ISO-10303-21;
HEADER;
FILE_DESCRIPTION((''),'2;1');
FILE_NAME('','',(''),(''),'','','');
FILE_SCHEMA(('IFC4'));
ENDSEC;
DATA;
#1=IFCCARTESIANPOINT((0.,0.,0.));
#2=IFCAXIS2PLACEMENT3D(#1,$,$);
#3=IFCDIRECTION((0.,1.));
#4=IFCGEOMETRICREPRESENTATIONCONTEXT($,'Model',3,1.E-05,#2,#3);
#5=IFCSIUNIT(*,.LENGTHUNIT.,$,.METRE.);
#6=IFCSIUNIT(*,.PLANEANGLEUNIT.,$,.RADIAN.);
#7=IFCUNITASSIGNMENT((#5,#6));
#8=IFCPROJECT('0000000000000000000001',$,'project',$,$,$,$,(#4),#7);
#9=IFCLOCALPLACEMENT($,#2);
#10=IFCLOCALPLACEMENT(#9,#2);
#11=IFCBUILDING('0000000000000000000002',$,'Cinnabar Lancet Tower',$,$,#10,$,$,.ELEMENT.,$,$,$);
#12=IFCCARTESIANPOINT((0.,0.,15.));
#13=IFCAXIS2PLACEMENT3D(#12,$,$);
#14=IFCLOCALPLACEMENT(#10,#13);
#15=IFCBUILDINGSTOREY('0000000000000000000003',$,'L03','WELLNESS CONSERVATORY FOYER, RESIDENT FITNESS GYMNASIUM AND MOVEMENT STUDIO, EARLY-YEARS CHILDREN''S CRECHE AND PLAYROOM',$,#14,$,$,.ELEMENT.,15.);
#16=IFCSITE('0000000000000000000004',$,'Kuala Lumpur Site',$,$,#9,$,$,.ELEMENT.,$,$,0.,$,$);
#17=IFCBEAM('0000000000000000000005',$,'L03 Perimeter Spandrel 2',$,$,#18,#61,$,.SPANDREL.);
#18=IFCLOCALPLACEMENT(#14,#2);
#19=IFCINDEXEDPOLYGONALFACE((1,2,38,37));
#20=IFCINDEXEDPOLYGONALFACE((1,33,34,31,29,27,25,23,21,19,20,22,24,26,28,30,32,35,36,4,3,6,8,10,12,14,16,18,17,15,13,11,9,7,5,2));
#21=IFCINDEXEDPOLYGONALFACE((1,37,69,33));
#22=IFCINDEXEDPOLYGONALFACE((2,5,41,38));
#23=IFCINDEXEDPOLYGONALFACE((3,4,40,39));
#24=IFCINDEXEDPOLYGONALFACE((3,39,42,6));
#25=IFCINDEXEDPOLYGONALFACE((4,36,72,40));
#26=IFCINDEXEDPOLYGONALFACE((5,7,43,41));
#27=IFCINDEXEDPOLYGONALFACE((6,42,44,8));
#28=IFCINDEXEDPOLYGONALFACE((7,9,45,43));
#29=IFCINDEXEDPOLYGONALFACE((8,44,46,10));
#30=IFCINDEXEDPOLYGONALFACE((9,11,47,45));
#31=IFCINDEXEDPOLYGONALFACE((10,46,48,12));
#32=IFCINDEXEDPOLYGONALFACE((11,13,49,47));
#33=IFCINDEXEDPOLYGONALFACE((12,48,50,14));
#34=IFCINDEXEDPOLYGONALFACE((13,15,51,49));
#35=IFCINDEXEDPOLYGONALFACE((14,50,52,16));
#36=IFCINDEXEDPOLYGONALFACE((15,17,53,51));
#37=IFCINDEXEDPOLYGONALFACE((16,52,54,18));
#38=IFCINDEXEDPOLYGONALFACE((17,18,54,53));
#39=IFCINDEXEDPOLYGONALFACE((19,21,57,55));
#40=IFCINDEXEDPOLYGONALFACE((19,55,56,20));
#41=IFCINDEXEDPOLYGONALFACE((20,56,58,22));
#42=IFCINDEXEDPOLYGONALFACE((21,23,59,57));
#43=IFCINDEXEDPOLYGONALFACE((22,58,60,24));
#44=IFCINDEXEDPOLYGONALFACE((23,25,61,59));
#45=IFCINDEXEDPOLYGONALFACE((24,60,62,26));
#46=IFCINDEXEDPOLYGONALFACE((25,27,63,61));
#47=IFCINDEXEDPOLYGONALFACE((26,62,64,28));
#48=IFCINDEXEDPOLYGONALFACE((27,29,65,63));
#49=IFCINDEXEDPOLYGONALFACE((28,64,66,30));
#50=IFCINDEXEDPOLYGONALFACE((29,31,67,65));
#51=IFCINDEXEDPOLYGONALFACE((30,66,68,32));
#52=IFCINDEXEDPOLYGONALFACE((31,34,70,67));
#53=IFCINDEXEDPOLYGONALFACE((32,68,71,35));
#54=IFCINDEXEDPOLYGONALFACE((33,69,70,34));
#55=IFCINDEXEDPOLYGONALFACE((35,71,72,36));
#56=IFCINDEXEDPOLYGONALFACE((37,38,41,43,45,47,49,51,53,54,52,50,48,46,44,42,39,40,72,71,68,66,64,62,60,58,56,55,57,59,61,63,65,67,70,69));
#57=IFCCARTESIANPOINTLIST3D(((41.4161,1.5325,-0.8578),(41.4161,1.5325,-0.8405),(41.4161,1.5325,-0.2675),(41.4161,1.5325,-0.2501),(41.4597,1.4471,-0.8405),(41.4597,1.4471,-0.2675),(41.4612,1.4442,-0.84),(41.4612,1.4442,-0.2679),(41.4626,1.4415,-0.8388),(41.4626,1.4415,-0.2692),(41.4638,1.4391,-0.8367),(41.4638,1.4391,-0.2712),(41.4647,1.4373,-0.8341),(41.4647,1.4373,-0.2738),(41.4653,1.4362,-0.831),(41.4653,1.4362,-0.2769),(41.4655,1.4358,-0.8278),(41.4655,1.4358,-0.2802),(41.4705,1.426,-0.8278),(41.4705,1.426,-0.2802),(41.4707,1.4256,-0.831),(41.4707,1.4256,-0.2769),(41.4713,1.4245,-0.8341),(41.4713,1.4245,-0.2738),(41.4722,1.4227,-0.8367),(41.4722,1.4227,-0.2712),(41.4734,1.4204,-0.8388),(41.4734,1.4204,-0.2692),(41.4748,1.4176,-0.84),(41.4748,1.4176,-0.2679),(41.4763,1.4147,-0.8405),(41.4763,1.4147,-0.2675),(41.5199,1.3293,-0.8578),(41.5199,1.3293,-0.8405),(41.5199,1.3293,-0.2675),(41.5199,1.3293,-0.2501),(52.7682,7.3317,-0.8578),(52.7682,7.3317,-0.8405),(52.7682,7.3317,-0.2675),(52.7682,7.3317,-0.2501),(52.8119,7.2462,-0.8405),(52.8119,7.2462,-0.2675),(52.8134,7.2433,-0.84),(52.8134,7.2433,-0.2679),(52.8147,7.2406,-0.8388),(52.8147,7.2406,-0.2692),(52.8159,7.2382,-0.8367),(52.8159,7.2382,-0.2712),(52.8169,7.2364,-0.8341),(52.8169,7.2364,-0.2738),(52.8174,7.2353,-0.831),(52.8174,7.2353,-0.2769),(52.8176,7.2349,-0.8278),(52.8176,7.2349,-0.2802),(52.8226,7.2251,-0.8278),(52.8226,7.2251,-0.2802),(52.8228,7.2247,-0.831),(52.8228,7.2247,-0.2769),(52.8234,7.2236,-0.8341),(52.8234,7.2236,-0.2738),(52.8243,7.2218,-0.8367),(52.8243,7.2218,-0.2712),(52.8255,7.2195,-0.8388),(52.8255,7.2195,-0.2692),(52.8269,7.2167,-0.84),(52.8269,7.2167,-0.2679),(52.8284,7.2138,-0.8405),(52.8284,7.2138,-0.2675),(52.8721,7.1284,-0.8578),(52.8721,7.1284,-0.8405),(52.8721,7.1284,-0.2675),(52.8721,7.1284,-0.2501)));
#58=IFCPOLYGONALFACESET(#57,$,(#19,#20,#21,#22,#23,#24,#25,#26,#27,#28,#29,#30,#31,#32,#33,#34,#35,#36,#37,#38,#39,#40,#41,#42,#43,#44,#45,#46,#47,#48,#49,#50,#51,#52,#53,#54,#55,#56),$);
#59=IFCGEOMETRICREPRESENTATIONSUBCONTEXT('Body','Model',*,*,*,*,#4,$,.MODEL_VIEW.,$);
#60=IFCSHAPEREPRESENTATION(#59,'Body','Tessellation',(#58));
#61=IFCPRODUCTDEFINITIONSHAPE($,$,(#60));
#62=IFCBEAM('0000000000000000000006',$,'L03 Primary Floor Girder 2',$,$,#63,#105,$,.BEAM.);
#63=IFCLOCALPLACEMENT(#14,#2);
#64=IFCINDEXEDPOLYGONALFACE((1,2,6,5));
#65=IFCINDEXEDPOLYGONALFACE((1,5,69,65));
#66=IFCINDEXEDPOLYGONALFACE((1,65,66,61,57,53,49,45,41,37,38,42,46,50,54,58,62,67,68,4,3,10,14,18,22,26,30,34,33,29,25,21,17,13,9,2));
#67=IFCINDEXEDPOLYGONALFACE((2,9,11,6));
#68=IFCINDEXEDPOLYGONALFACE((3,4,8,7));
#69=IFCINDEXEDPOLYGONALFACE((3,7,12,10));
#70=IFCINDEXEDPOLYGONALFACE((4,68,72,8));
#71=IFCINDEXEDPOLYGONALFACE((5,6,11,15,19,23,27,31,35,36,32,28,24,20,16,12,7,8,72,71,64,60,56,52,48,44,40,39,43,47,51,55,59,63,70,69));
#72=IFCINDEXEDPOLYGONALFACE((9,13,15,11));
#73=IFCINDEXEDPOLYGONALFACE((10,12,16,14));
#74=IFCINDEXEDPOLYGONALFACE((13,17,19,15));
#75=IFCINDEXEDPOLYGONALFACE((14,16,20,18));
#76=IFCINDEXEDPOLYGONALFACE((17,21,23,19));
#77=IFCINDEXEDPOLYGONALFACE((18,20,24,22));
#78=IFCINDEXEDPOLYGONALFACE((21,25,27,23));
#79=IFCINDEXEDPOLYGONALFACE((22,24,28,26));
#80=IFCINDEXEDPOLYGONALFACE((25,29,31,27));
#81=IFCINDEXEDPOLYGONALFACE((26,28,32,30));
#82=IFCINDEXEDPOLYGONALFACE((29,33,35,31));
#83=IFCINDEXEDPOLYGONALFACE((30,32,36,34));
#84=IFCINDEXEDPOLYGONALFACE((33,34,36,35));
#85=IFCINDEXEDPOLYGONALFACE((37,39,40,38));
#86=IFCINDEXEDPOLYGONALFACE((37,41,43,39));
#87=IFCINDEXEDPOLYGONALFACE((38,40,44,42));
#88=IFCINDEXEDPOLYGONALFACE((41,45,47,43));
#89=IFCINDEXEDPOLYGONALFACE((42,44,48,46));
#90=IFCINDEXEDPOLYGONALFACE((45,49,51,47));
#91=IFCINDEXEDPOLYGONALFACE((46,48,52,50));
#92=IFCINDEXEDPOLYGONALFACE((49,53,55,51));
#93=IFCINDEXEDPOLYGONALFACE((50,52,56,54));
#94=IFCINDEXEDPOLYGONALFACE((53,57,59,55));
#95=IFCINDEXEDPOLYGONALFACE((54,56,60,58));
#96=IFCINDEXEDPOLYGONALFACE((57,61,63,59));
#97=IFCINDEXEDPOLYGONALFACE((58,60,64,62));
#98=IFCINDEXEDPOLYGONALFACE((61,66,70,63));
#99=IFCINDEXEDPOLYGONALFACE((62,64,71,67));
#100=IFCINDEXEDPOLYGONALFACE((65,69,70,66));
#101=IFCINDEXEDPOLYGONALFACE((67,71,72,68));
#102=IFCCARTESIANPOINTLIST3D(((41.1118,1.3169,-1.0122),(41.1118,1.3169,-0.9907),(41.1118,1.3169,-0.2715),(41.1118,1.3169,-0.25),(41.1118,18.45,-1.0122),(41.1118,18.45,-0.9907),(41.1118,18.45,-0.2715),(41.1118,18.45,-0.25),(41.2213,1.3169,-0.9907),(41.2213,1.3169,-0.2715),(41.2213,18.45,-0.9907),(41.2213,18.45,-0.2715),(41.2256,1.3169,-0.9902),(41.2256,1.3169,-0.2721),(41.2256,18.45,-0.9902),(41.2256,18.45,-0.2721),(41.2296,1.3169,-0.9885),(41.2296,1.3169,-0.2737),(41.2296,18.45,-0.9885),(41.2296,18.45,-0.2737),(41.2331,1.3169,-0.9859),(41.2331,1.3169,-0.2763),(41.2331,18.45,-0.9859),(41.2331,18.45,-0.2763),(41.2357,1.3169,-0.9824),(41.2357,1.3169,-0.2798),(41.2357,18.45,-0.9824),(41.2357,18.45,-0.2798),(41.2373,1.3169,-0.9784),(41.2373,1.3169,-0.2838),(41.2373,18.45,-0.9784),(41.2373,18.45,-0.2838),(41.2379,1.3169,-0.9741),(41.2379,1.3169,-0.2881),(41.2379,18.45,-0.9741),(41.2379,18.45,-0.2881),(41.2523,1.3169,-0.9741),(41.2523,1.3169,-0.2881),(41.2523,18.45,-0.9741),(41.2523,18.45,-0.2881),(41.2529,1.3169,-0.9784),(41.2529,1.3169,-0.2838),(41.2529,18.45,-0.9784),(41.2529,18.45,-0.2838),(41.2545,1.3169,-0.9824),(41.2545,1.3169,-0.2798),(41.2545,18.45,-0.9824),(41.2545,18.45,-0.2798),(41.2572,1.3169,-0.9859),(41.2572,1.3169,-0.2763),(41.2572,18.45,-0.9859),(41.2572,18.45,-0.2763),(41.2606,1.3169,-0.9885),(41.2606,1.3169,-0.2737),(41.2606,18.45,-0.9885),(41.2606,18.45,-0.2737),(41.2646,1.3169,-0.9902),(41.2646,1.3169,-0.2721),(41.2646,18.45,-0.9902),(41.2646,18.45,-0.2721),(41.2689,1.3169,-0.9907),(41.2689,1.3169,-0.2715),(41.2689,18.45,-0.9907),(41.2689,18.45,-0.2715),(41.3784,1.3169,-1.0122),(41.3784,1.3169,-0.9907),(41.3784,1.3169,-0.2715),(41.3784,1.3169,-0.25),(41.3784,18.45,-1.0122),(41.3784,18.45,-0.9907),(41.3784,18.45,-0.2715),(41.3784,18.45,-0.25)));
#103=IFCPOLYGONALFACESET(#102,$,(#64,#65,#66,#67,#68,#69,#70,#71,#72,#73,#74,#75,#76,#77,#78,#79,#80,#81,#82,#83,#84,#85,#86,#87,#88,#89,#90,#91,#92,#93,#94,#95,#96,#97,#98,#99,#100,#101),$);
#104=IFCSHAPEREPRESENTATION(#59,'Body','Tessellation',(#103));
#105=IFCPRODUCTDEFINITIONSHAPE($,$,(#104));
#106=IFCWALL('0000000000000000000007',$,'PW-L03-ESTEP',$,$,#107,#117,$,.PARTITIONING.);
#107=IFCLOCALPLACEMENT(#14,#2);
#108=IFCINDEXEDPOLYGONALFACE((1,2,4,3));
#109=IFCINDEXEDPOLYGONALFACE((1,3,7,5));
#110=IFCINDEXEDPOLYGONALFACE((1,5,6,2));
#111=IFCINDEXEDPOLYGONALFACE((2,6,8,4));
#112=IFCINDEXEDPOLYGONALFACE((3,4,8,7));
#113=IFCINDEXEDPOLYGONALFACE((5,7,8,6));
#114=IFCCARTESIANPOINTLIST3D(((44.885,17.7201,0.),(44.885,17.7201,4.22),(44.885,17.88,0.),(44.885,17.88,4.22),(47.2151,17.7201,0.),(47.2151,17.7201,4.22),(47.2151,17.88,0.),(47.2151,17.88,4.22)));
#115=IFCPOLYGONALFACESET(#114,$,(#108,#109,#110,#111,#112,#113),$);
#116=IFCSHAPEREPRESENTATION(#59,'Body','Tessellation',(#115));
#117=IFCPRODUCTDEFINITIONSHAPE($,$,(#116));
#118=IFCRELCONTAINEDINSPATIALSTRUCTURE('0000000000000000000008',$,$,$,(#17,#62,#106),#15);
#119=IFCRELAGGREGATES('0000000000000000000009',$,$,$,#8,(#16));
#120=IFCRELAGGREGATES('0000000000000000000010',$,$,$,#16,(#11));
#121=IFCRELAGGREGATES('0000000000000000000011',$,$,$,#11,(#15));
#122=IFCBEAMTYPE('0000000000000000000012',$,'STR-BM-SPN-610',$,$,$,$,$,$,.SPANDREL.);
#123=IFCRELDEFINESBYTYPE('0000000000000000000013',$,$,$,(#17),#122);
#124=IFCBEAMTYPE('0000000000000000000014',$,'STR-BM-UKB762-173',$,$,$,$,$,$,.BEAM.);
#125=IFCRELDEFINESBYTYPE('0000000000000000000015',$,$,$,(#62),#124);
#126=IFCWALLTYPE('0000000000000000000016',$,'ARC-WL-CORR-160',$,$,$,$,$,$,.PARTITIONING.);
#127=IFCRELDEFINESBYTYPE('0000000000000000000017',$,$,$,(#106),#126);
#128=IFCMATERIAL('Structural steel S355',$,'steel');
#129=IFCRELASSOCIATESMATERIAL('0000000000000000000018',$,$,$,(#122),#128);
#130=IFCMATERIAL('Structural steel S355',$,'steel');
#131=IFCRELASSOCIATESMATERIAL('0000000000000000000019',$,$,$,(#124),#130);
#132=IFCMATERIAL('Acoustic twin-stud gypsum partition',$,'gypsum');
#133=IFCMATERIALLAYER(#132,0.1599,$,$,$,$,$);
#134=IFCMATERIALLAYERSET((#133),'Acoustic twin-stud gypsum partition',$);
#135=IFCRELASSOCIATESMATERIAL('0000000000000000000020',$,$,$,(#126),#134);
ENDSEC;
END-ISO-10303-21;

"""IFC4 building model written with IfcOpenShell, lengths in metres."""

from ifc_helpers import new_model, si_unit, direction, frame, frame_2d, origin, origin_2d, place, context, subcontext, project, spatial, rectangle, i_section, extrude, material, layer, layer_set, material_profile, profile_set, type_object, element, save


model = new_model("IFC4")

# Units and contexts
model_context = context("Model", 3, precision=1e-05, world=origin(), true_north=direction((0.0, 1.0)))
body_context = subcontext(model_context, "Body", "Model", "MODEL_VIEW")
ifc_project = project(units=[si_unit("LENGTHUNIT", "METRE"), si_unit("PLANEANGLEUNIT", "RADIAN")], contexts=[model_context])

# Site, building, storey
site_placement = place(None, origin())
site = spatial("IfcSite", under=ifc_project, at=site_placement, Name="Kuala Lumpur Site", CompositionType="ELEMENT", RefElevation=0.0)
building_placement = place(site_placement, origin())
building = spatial("IfcBuilding", under=site, at=building_placement, Name="Cinnabar Lancet Tower", CompositionType="ELEMENT")
storey_placement = place(building_placement, frame((0.0, 0.0, 15.0)))
storey = spatial("IfcBuildingStorey", under=building, at=storey_placement, Name="L03", Description="WELLNESS CONSERVATORY FOYER, RESIDENT FITNESS GYMNASIUM AND MOVEMENT STUDIO, EARLY-YEARS CHILDREN'S CRECHE AND PLAYROOM", CompositionType="ELEMENT", Elevation=15.0)

# Beams
ifc_material_1 = material(Name="Structural steel S355", Category="steel")
ifc_material_profile_1 = material_profile(ifc_material_1, i_section(OverallWidth=0.2283, OverallDepth=0.6077, WebThickness=0.011, FlangeThickness=0.0173, FilletRadius=0.0127, at=origin_2d()), Name="UKB 610x229x113")
ifc_profile_set_1 = profile_set([ifc_material_profile_1], Name="Structural steel S355")
beam_type_1 = type_object("IfcBeamType", Name="STR-BM-SPN-610", PredefinedType="SPANDREL", material=ifc_profile_set_1)
beam_1_placement = place(storey_placement, frame((41.468, 1.4309, -0.554), z_axis=(0.890533, 0.454919, 0.0), x_axis=(-0.454919, 0.890533, 0.0)))
element("IfcBeam", 1, at=beam_1_placement, inside=storey, type_object=beam_type_1, Name="L03 Perimeter Spandrel 2", PredefinedType="SPANDREL", context=body_context, shape_type="SweptSolid", body=[
    extrude(i_section(OverallWidth=0.2283, OverallDepth=0.6077, WebThickness=0.011, FlangeThickness=0.0173, FilletRadius=0.0127, at=origin_2d()), origin(), (0.0, 0.0, 1.0), 12.7476),
])
ifc_material_2 = material(Name="Structural steel S355", Category="steel")
ifc_material_profile_2 = material_profile(ifc_material_2, i_section(OverallWidth=0.2666, OverallDepth=0.7622, WebThickness=0.0144, FlangeThickness=0.0215, FilletRadius=0.0166, at=origin_2d()), Name="UKB 762x267x173")
ifc_profile_set_2 = profile_set([ifc_material_profile_2], Name="Structural steel S355")
beam_type_2 = type_object("IfcBeamType", Name="STR-BM-UKB762-173", PredefinedType="BEAM", material=ifc_profile_set_2)
beam_2_placement = place(storey_placement, frame((41.2451, 1.3169, -0.6311), z_axis=(0.0, 1.0, 0.0), x_axis=(-1.0, 0.0, 0.0)))
element("IfcBeam", 2, at=beam_2_placement, inside=storey, type_object=beam_type_2, Name="L03 Primary Floor Girder 2", PredefinedType="BEAM", context=body_context, shape_type="SweptSolid", body=[
    extrude(i_section(OverallWidth=0.2666, OverallDepth=0.7622, WebThickness=0.0144, FlangeThickness=0.0215, FilletRadius=0.0166, at=origin_2d()), origin(), (0.0, 0.0, 1.0), 17.1331),
])

# Wall
ifc_material_3 = material(Name="Acoustic twin-stud gypsum partition", Category="gypsum")
ifc_layer_1 = layer(ifc_material_3, 0.1599)
ifc_layer_set_1 = layer_set([ifc_layer_1], Name="Acoustic twin-stud gypsum partition")
wall_type_1 = type_object("IfcWallType", Name="ARC-WL-CORR-160", PredefinedType="PARTITIONING", material=ifc_layer_set_1)
wall_1_placement = place(storey_placement, frame((44.885, 17.8, 0.0), z_axis=(0.0, 0.0, 1.0), x_axis=(1.0, 0.0, 0.0)))
element("IfcWall", 3, at=wall_1_placement, inside=storey, type_object=wall_type_1, Name="PW-L03-ESTEP", PredefinedType="PARTITIONING", context=body_context, shape_type="SweptSolid", body=[
    extrude(rectangle(XDim=2.3301, YDim=0.1599, at=frame_2d((1.165, 0.0))), origin(), (0.0, 0.0, 1.0), 4.22),
])

save(model, "model.ifc")
